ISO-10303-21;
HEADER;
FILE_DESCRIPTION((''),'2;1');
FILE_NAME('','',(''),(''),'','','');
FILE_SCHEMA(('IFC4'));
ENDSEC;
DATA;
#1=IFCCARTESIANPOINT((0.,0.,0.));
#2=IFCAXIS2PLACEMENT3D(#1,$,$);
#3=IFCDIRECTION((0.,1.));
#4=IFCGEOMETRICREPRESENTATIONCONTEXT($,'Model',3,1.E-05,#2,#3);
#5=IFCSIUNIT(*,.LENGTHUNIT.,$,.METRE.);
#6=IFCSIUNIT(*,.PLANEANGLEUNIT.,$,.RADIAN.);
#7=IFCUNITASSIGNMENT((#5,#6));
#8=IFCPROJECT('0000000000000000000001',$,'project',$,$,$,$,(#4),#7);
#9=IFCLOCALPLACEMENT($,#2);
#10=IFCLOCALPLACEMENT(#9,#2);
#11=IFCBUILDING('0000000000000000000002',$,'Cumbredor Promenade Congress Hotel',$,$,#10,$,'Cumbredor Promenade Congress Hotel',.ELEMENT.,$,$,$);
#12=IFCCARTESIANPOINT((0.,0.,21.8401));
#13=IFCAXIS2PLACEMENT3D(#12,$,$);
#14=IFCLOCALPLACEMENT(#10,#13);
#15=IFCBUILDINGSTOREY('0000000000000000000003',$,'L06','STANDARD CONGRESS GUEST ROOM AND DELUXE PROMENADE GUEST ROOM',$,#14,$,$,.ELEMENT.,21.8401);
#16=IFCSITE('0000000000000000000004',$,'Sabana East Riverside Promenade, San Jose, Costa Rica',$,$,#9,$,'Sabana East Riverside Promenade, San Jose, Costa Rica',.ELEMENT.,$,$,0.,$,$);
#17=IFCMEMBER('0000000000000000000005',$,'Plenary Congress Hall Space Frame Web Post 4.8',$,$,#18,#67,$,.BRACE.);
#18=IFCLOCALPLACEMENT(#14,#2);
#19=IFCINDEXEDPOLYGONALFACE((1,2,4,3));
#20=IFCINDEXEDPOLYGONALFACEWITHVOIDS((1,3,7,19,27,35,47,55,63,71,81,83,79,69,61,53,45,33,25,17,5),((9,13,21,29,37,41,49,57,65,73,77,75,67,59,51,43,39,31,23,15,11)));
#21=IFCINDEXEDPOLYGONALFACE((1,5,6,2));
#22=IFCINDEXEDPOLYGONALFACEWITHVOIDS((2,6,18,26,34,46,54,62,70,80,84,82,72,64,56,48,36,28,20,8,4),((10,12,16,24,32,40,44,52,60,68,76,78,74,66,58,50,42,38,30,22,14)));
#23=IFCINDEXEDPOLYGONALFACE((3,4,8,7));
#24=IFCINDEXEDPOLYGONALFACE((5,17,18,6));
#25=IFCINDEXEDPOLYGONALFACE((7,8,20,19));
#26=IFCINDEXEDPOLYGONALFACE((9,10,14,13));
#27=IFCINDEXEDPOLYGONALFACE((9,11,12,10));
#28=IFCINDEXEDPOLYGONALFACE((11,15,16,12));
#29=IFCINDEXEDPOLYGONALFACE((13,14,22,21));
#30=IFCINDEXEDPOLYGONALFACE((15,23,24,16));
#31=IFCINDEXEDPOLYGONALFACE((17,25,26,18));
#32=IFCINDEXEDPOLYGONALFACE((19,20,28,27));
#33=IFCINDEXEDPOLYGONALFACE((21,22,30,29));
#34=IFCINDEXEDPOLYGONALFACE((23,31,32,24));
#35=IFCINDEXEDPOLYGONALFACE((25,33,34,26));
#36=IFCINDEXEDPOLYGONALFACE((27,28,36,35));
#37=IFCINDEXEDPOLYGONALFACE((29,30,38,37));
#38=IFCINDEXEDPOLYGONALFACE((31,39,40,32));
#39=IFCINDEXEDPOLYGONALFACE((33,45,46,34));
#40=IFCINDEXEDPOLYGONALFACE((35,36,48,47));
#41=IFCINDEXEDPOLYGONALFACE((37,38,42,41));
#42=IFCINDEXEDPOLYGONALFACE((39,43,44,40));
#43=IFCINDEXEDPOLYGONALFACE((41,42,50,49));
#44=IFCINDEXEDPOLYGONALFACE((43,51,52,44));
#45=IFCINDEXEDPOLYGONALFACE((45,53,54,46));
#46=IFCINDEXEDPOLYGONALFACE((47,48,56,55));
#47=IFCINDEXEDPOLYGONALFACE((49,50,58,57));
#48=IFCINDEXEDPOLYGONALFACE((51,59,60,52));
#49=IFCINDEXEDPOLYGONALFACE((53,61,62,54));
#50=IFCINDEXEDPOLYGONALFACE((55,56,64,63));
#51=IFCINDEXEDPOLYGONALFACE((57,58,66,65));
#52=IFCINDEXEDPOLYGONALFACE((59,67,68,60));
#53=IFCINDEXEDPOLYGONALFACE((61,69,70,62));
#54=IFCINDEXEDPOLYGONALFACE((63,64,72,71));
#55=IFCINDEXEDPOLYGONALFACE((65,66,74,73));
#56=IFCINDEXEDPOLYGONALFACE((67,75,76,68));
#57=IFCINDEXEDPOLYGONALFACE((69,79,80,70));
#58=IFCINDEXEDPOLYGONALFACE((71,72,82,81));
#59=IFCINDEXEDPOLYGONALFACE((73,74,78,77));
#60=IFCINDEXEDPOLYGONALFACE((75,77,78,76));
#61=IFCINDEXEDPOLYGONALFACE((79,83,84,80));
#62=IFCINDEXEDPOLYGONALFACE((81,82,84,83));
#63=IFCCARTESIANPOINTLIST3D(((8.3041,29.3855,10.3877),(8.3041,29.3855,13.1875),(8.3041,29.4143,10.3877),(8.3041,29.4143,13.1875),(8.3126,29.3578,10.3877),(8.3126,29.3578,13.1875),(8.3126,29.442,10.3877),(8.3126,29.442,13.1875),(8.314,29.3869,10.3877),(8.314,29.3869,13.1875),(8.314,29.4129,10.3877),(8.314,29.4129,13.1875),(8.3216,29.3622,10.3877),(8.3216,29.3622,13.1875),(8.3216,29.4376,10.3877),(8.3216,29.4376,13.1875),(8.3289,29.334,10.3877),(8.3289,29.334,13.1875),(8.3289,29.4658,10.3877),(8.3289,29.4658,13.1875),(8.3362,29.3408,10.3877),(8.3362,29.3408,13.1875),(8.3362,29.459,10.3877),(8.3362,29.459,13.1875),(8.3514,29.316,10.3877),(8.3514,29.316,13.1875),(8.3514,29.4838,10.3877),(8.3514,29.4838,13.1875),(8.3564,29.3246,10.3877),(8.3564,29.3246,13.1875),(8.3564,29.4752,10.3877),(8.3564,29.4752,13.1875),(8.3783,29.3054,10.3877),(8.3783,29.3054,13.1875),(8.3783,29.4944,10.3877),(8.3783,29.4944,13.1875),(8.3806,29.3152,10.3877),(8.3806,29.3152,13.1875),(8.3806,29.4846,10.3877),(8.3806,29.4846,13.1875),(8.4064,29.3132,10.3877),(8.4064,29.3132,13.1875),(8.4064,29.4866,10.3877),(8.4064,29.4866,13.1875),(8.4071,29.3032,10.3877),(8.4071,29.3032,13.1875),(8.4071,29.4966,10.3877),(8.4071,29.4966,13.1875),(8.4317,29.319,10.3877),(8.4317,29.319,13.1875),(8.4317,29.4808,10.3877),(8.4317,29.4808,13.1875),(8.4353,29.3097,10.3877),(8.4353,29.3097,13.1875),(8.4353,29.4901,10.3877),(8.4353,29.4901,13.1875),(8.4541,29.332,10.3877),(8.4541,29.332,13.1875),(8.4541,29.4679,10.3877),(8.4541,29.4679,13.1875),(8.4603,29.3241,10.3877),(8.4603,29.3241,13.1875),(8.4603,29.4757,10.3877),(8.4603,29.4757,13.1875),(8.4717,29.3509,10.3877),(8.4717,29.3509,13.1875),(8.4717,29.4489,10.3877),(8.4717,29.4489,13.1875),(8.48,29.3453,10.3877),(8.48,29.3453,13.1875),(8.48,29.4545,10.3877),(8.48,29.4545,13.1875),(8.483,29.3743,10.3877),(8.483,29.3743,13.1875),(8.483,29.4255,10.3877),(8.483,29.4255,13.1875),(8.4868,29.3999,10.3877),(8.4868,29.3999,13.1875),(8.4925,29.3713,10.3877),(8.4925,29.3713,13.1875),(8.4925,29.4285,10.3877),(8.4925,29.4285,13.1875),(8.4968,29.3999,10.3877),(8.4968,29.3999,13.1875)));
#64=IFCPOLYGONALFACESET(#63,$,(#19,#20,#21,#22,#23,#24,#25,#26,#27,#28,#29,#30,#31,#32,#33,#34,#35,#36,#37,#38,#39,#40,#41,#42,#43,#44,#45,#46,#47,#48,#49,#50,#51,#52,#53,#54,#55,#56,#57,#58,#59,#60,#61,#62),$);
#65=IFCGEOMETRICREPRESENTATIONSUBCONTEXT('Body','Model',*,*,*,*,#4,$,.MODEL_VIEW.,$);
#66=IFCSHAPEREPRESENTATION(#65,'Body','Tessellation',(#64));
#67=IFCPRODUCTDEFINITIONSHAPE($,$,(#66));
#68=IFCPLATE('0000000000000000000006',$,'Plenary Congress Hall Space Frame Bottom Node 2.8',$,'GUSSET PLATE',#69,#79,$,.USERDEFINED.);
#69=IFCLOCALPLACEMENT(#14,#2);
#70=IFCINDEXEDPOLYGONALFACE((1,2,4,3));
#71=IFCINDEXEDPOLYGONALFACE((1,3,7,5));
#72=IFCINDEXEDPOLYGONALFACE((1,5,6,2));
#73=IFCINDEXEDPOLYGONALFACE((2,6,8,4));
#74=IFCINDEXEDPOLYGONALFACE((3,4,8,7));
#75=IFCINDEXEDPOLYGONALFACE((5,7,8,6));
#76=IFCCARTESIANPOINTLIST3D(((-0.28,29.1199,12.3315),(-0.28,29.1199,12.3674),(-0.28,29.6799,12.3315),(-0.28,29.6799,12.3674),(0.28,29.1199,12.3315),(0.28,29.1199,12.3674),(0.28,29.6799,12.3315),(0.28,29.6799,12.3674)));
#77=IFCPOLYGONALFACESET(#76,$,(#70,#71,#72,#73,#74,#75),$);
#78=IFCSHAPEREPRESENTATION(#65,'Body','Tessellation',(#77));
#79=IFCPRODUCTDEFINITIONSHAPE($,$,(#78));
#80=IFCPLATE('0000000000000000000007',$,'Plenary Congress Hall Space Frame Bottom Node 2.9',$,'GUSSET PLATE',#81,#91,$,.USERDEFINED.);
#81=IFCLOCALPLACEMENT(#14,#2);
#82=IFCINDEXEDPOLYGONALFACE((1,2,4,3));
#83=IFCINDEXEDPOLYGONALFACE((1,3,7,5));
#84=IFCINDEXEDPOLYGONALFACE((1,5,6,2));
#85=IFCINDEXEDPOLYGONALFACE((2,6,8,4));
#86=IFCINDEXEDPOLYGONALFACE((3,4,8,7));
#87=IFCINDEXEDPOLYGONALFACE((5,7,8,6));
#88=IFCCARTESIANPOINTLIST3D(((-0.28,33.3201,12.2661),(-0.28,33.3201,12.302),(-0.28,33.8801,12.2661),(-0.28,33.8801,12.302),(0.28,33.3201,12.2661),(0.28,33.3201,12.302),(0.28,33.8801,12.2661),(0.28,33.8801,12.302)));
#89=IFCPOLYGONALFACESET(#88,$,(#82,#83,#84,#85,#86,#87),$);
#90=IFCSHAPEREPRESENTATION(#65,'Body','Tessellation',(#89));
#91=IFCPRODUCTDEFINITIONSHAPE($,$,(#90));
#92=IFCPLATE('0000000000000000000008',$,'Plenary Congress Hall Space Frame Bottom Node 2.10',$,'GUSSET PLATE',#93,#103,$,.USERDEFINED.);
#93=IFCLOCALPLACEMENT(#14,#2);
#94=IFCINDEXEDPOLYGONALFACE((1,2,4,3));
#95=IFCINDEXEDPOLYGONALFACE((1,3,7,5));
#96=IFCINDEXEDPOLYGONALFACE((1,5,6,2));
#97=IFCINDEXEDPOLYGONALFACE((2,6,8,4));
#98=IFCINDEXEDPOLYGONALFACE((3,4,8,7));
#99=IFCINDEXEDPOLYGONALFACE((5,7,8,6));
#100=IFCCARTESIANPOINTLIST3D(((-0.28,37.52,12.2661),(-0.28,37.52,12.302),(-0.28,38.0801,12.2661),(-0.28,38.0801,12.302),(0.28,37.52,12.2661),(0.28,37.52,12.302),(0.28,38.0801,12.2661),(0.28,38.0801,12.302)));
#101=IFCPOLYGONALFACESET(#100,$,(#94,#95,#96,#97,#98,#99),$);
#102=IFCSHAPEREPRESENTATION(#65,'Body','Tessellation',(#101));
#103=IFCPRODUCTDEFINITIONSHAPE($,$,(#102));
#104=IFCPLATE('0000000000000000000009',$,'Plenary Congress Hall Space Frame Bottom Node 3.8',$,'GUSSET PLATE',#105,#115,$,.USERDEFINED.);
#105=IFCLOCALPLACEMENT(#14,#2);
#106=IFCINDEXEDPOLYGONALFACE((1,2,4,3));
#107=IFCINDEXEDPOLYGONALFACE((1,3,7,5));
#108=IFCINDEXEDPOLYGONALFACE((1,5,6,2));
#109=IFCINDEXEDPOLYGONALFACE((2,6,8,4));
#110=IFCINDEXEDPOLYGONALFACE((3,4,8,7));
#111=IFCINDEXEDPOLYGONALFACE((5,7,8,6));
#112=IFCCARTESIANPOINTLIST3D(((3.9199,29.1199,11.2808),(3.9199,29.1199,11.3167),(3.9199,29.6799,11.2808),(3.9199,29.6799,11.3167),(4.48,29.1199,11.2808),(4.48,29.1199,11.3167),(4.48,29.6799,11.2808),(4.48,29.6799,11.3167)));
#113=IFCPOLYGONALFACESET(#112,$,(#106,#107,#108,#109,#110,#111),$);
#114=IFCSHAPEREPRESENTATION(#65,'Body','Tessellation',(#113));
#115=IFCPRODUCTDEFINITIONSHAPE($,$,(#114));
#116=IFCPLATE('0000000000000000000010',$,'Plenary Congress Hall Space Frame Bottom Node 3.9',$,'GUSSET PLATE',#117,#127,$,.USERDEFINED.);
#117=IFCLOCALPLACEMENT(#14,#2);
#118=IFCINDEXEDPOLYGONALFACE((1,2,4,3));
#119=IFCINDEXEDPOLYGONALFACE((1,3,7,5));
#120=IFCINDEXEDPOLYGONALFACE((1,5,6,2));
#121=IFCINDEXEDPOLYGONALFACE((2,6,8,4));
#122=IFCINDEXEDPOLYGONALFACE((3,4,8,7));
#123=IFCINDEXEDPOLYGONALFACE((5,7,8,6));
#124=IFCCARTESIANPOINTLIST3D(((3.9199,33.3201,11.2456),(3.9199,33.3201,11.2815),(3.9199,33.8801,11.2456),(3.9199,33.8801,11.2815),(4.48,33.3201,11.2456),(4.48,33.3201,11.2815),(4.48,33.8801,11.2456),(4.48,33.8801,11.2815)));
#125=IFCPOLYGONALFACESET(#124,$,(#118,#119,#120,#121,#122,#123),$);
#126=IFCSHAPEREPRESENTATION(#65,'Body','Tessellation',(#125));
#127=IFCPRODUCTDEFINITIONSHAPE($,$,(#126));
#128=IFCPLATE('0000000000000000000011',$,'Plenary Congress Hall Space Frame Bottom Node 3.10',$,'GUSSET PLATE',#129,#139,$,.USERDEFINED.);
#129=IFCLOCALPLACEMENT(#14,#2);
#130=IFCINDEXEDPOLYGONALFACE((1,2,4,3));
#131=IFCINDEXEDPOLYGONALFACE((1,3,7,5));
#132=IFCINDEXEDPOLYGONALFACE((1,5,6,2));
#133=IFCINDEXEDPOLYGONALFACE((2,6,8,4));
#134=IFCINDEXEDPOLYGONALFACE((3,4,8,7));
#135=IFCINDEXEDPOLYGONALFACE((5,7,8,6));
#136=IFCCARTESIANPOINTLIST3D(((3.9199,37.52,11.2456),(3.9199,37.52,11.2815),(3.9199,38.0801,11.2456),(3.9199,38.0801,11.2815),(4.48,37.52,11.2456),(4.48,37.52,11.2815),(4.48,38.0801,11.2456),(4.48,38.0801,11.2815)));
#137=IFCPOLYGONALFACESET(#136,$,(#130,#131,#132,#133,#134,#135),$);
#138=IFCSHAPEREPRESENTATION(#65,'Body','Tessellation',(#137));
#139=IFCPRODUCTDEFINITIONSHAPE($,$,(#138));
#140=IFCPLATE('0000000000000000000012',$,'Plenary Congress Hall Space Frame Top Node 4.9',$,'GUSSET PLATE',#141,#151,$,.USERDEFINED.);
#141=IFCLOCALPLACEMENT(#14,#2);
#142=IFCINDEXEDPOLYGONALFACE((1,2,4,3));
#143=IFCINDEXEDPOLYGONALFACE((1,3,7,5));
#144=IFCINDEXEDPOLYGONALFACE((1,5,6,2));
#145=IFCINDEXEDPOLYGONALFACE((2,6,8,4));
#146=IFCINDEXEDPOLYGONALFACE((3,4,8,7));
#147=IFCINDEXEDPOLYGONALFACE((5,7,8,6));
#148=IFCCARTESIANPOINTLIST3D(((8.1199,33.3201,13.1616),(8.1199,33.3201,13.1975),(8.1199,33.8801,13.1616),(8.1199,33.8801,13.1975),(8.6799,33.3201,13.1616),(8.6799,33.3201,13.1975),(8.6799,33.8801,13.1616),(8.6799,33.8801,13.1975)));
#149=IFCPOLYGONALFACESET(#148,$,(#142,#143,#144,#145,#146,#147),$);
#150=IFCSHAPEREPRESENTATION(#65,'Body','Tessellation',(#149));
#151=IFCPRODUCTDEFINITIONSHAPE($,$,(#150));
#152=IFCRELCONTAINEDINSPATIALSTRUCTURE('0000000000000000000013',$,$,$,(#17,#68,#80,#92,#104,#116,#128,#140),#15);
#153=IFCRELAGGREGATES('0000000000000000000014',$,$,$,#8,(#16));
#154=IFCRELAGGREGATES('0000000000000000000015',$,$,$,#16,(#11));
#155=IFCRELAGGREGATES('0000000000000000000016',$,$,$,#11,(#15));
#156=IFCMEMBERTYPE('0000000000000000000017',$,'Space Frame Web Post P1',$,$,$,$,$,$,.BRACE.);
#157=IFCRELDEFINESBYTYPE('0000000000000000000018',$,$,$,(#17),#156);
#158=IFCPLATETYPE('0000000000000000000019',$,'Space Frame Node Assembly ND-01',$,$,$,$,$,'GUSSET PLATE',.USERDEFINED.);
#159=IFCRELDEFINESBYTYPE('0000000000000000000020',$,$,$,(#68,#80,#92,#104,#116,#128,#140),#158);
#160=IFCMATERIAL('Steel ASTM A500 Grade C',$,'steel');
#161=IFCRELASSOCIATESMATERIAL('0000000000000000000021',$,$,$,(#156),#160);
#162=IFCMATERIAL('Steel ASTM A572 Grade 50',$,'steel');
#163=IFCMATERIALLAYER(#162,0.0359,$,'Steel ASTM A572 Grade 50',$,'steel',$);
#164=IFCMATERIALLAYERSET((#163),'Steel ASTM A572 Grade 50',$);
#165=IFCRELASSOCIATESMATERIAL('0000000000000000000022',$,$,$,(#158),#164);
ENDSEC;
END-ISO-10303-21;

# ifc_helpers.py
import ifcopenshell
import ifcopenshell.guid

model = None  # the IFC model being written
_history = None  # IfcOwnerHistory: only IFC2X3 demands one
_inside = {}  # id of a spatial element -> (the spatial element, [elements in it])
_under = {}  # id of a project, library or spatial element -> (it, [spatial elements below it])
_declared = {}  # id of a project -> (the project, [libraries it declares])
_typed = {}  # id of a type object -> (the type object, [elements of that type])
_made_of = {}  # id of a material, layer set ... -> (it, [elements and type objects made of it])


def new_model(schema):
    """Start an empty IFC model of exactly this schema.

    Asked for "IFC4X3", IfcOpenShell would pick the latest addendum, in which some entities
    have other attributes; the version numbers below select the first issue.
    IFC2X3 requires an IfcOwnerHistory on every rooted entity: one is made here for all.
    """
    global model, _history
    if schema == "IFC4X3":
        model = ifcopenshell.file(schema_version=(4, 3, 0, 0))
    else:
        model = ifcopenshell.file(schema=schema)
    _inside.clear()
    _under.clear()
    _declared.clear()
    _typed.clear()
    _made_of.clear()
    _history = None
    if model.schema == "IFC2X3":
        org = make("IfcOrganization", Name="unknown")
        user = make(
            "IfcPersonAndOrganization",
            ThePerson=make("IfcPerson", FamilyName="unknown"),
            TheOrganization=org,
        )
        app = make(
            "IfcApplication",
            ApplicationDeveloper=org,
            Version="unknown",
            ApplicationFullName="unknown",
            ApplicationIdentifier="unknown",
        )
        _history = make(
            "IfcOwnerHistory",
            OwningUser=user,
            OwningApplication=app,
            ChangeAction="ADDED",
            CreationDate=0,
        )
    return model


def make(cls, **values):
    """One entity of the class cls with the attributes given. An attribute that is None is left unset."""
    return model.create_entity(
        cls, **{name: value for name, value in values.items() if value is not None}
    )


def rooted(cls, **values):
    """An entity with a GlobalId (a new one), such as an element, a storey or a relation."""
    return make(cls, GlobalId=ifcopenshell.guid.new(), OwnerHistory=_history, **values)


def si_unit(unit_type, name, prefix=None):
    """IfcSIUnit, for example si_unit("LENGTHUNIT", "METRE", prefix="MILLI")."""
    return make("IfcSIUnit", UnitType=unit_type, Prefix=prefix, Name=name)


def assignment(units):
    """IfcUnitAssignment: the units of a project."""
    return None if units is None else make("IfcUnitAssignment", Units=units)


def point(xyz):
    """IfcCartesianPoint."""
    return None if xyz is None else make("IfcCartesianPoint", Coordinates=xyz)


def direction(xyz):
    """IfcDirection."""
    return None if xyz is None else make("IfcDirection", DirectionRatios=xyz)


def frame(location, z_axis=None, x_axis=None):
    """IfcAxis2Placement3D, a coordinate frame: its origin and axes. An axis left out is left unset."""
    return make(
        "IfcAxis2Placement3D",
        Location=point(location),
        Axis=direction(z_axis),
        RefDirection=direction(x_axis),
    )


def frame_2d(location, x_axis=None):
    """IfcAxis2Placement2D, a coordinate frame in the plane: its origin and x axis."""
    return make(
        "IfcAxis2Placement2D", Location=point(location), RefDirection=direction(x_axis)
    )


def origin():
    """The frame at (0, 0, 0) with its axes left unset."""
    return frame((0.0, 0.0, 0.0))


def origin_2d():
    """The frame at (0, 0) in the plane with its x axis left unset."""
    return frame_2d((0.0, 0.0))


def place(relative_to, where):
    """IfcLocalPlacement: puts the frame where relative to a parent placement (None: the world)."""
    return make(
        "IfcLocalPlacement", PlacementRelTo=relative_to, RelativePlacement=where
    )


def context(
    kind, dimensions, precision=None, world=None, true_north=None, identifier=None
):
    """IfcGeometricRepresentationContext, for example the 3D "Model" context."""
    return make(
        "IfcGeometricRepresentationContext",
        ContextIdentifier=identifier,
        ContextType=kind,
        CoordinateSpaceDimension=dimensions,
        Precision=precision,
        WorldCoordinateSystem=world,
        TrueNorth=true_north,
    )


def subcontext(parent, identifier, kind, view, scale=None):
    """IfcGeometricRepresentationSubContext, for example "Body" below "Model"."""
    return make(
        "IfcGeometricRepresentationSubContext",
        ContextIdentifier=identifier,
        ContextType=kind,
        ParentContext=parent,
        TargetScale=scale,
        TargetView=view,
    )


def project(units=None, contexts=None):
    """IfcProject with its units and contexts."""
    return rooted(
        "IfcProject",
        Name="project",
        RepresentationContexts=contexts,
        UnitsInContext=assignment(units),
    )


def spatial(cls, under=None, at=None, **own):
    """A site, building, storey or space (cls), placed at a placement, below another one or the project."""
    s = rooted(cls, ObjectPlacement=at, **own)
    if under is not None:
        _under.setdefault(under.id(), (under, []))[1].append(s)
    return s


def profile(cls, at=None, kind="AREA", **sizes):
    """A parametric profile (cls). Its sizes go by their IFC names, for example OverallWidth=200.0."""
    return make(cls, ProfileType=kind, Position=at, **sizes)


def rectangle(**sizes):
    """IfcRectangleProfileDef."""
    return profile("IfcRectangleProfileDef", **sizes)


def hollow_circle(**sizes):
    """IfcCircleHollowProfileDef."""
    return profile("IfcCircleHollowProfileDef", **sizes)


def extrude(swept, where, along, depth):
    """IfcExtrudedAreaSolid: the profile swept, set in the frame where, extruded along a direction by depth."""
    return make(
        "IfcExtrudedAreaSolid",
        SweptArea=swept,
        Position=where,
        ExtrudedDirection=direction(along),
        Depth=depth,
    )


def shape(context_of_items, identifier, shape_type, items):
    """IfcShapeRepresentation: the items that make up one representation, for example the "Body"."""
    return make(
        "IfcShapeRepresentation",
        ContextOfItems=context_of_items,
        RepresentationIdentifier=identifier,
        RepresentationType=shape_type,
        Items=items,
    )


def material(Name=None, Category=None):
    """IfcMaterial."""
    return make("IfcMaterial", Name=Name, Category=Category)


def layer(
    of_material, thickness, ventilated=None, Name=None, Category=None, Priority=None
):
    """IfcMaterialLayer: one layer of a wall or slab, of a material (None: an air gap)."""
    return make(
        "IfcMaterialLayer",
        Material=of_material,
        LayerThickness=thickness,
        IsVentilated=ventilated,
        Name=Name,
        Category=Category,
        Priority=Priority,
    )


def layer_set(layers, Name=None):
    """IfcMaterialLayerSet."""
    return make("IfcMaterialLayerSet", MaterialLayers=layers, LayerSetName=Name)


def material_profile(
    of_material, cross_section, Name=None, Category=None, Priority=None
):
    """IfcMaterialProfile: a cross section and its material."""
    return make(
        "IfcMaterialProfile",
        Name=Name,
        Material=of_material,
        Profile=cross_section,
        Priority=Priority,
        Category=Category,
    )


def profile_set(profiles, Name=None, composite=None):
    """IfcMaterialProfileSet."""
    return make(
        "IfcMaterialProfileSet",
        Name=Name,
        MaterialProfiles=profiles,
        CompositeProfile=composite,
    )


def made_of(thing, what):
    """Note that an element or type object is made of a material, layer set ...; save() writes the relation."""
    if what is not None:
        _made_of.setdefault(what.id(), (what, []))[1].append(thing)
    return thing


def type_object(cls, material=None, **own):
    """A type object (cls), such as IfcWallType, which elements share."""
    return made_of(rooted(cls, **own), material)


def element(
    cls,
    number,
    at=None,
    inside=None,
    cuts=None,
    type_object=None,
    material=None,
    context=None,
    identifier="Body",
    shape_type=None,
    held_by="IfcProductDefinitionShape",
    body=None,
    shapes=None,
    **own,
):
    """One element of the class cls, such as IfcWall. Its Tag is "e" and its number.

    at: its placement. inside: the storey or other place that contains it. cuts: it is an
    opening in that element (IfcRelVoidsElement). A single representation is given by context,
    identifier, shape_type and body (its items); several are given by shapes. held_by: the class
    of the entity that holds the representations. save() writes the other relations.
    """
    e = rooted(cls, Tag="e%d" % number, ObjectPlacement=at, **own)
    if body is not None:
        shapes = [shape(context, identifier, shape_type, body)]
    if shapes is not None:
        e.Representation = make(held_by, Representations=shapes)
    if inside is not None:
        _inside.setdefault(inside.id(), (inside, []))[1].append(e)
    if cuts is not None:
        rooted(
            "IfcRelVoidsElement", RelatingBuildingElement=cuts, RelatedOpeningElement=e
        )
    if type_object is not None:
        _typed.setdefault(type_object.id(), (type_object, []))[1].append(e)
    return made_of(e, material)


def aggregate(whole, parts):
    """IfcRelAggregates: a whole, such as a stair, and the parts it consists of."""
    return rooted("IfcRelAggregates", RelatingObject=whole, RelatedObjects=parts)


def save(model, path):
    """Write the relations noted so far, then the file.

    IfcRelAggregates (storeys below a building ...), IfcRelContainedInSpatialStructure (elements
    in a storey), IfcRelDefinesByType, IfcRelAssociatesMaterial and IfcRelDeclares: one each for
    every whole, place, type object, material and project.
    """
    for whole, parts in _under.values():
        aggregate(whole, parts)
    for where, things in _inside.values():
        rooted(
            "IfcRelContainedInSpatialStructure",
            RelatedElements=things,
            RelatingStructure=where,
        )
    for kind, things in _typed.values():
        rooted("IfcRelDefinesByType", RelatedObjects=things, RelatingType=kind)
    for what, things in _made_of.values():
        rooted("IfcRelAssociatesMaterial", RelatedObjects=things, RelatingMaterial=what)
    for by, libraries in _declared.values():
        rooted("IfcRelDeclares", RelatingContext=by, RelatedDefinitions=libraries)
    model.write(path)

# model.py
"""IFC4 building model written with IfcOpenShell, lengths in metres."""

from ifc_helpers import new_model, si_unit, direction, frame, origin, origin_2d, place, context, subcontext, project, spatial, rectangle, hollow_circle, extrude, material, layer, layer_set, material_profile, profile_set, type_object, element, save


model = new_model("IFC4")

# Units and contexts
model_context = context("Model", 3, precision=1e-05, world=origin(), true_north=direction((0.0, 1.0)))
body_context = subcontext(model_context, "Body", "Model", "MODEL_VIEW")
ifc_project = project(units=[si_unit("LENGTHUNIT", "METRE"), si_unit("PLANEANGLEUNIT", "RADIAN")], contexts=[model_context])

# Site, building, storey
site_placement = place(None, origin())
site = spatial("IfcSite", under=ifc_project, at=site_placement, Name="Sabana East Riverside Promenade, San Jose, Costa Rica", LongName="Sabana East Riverside Promenade, San Jose, Costa Rica", CompositionType="ELEMENT", RefElevation=0.0)
building_placement = place(site_placement, origin())
building = spatial("IfcBuilding", under=site, at=building_placement, Name="Cumbredor Promenade Congress Hotel", LongName="Cumbredor Promenade Congress Hotel", CompositionType="ELEMENT")
storey_placement = place(building_placement, frame((0.0, 0.0, 21.8401)))
storey = spatial("IfcBuildingStorey", under=building, at=storey_placement, Name="L06", Description="STANDARD CONGRESS GUEST ROOM AND DELUXE PROMENADE GUEST ROOM", CompositionType="ELEMENT", Elevation=21.8401)

# Member
ifc_material_1 = material(Name="Steel ASTM A500 Grade C", Category="steel")
ifc_material_profile_1 = material_profile(ifc_material_1, hollow_circle(Radius=0.0969, WallThickness=0.01, at=origin_2d()), Name="CHS 193.7x10")
ifc_profile_set_1 = profile_set([ifc_material_profile_1], Name="Steel ASTM A500 Grade C")
member_type_1 = type_object("IfcMemberType", Name="Space Frame Web Post P1", PredefinedType="BRACE", material=ifc_profile_set_1)
member_1_placement = place(storey_placement, frame((8.3999, 29.3999, 10.3877), z_axis=(0.0, 0.0, 1.0), x_axis=(1.0, 0.0, 0.0)))
element("IfcMember", 1, at=member_1_placement, inside=storey, type_object=member_type_1, Name="Plenary Congress Hall Space Frame Web Post 4.8", PredefinedType="BRACE", context=body_context, shape_type="SweptSolid", body=[
    extrude(hollow_circle(Radius=0.0969, WallThickness=0.01, at=origin_2d()), origin(), (0.0, 0.0, 1.0), 2.7998),
])

# Plates
ifc_material_2 = material(Name="Steel ASTM A572 Grade 50", Category="steel")
ifc_layer = layer(ifc_material_2, 0.0359, Name="Steel ASTM A572 Grade 50", Category="steel")
ifc_layer_set = layer_set([ifc_layer], Name="Steel ASTM A572 Grade 50")
plate_type = type_object("IfcPlateType", Name="Space Frame Node Assembly ND-01", ElementType="GUSSET PLATE", PredefinedType="USERDEFINED", material=ifc_layer_set)
for number, where, z_axis, x_axis, name in (
    (2, (0.0, 29.3999, 12.3315), (0.0, 0.0, 1.0), (1.0, 0.0, 0.0), "Plenary Congress Hall Space Frame Bottom Node 2.8"),
    (3, (0.0, 33.6001, 12.2661), (0.0, 0.0, 1.0), (1.0, 0.0, 0.0), "Plenary Congress Hall Space Frame Bottom Node 2.9"),
    (4, (0.0, 37.8, 12.2661), (0.0, 0.0, 1.0), (1.0, 0.0, 0.0), "Plenary Congress Hall Space Frame Bottom Node 2.10"),
    (5, (4.2, 29.3999, 11.2808), (0.0, 0.0, 1.0), (1.0, 0.0, 0.0), "Plenary Congress Hall Space Frame Bottom Node 3.8"),
    (6, (4.2, 33.6001, 11.2456), (0.0, 0.0, 1.0), (1.0, 0.0, 0.0), "Plenary Congress Hall Space Frame Bottom Node 3.9"),
    (7, (4.2, 37.8, 11.2456), (0.0, 0.0, 1.0), (1.0, 0.0, 0.0), "Plenary Congress Hall Space Frame Bottom Node 3.10"),
    (8, (8.3999, 33.6001, 13.1616), (0.0, 0.0, 1.0), (1.0, 0.0, 0.0), "Plenary Congress Hall Space Frame Top Node 4.9"),
):
    element("IfcPlate", number, at=place(storey_placement, frame(where, z_axis=z_axis, x_axis=x_axis)), inside=storey, type_object=plate_type, Name=name, ObjectType="GUSSET PLATE", PredefinedType="USERDEFINED", context=body_context, shape_type="SweptSolid", body=[
        extrude(rectangle(XDim=0.5601, YDim=0.5601, at=origin_2d()), origin(), (0.0, 0.0, 1.0), 0.0359),
    ])

save(model, "model.ifc")
